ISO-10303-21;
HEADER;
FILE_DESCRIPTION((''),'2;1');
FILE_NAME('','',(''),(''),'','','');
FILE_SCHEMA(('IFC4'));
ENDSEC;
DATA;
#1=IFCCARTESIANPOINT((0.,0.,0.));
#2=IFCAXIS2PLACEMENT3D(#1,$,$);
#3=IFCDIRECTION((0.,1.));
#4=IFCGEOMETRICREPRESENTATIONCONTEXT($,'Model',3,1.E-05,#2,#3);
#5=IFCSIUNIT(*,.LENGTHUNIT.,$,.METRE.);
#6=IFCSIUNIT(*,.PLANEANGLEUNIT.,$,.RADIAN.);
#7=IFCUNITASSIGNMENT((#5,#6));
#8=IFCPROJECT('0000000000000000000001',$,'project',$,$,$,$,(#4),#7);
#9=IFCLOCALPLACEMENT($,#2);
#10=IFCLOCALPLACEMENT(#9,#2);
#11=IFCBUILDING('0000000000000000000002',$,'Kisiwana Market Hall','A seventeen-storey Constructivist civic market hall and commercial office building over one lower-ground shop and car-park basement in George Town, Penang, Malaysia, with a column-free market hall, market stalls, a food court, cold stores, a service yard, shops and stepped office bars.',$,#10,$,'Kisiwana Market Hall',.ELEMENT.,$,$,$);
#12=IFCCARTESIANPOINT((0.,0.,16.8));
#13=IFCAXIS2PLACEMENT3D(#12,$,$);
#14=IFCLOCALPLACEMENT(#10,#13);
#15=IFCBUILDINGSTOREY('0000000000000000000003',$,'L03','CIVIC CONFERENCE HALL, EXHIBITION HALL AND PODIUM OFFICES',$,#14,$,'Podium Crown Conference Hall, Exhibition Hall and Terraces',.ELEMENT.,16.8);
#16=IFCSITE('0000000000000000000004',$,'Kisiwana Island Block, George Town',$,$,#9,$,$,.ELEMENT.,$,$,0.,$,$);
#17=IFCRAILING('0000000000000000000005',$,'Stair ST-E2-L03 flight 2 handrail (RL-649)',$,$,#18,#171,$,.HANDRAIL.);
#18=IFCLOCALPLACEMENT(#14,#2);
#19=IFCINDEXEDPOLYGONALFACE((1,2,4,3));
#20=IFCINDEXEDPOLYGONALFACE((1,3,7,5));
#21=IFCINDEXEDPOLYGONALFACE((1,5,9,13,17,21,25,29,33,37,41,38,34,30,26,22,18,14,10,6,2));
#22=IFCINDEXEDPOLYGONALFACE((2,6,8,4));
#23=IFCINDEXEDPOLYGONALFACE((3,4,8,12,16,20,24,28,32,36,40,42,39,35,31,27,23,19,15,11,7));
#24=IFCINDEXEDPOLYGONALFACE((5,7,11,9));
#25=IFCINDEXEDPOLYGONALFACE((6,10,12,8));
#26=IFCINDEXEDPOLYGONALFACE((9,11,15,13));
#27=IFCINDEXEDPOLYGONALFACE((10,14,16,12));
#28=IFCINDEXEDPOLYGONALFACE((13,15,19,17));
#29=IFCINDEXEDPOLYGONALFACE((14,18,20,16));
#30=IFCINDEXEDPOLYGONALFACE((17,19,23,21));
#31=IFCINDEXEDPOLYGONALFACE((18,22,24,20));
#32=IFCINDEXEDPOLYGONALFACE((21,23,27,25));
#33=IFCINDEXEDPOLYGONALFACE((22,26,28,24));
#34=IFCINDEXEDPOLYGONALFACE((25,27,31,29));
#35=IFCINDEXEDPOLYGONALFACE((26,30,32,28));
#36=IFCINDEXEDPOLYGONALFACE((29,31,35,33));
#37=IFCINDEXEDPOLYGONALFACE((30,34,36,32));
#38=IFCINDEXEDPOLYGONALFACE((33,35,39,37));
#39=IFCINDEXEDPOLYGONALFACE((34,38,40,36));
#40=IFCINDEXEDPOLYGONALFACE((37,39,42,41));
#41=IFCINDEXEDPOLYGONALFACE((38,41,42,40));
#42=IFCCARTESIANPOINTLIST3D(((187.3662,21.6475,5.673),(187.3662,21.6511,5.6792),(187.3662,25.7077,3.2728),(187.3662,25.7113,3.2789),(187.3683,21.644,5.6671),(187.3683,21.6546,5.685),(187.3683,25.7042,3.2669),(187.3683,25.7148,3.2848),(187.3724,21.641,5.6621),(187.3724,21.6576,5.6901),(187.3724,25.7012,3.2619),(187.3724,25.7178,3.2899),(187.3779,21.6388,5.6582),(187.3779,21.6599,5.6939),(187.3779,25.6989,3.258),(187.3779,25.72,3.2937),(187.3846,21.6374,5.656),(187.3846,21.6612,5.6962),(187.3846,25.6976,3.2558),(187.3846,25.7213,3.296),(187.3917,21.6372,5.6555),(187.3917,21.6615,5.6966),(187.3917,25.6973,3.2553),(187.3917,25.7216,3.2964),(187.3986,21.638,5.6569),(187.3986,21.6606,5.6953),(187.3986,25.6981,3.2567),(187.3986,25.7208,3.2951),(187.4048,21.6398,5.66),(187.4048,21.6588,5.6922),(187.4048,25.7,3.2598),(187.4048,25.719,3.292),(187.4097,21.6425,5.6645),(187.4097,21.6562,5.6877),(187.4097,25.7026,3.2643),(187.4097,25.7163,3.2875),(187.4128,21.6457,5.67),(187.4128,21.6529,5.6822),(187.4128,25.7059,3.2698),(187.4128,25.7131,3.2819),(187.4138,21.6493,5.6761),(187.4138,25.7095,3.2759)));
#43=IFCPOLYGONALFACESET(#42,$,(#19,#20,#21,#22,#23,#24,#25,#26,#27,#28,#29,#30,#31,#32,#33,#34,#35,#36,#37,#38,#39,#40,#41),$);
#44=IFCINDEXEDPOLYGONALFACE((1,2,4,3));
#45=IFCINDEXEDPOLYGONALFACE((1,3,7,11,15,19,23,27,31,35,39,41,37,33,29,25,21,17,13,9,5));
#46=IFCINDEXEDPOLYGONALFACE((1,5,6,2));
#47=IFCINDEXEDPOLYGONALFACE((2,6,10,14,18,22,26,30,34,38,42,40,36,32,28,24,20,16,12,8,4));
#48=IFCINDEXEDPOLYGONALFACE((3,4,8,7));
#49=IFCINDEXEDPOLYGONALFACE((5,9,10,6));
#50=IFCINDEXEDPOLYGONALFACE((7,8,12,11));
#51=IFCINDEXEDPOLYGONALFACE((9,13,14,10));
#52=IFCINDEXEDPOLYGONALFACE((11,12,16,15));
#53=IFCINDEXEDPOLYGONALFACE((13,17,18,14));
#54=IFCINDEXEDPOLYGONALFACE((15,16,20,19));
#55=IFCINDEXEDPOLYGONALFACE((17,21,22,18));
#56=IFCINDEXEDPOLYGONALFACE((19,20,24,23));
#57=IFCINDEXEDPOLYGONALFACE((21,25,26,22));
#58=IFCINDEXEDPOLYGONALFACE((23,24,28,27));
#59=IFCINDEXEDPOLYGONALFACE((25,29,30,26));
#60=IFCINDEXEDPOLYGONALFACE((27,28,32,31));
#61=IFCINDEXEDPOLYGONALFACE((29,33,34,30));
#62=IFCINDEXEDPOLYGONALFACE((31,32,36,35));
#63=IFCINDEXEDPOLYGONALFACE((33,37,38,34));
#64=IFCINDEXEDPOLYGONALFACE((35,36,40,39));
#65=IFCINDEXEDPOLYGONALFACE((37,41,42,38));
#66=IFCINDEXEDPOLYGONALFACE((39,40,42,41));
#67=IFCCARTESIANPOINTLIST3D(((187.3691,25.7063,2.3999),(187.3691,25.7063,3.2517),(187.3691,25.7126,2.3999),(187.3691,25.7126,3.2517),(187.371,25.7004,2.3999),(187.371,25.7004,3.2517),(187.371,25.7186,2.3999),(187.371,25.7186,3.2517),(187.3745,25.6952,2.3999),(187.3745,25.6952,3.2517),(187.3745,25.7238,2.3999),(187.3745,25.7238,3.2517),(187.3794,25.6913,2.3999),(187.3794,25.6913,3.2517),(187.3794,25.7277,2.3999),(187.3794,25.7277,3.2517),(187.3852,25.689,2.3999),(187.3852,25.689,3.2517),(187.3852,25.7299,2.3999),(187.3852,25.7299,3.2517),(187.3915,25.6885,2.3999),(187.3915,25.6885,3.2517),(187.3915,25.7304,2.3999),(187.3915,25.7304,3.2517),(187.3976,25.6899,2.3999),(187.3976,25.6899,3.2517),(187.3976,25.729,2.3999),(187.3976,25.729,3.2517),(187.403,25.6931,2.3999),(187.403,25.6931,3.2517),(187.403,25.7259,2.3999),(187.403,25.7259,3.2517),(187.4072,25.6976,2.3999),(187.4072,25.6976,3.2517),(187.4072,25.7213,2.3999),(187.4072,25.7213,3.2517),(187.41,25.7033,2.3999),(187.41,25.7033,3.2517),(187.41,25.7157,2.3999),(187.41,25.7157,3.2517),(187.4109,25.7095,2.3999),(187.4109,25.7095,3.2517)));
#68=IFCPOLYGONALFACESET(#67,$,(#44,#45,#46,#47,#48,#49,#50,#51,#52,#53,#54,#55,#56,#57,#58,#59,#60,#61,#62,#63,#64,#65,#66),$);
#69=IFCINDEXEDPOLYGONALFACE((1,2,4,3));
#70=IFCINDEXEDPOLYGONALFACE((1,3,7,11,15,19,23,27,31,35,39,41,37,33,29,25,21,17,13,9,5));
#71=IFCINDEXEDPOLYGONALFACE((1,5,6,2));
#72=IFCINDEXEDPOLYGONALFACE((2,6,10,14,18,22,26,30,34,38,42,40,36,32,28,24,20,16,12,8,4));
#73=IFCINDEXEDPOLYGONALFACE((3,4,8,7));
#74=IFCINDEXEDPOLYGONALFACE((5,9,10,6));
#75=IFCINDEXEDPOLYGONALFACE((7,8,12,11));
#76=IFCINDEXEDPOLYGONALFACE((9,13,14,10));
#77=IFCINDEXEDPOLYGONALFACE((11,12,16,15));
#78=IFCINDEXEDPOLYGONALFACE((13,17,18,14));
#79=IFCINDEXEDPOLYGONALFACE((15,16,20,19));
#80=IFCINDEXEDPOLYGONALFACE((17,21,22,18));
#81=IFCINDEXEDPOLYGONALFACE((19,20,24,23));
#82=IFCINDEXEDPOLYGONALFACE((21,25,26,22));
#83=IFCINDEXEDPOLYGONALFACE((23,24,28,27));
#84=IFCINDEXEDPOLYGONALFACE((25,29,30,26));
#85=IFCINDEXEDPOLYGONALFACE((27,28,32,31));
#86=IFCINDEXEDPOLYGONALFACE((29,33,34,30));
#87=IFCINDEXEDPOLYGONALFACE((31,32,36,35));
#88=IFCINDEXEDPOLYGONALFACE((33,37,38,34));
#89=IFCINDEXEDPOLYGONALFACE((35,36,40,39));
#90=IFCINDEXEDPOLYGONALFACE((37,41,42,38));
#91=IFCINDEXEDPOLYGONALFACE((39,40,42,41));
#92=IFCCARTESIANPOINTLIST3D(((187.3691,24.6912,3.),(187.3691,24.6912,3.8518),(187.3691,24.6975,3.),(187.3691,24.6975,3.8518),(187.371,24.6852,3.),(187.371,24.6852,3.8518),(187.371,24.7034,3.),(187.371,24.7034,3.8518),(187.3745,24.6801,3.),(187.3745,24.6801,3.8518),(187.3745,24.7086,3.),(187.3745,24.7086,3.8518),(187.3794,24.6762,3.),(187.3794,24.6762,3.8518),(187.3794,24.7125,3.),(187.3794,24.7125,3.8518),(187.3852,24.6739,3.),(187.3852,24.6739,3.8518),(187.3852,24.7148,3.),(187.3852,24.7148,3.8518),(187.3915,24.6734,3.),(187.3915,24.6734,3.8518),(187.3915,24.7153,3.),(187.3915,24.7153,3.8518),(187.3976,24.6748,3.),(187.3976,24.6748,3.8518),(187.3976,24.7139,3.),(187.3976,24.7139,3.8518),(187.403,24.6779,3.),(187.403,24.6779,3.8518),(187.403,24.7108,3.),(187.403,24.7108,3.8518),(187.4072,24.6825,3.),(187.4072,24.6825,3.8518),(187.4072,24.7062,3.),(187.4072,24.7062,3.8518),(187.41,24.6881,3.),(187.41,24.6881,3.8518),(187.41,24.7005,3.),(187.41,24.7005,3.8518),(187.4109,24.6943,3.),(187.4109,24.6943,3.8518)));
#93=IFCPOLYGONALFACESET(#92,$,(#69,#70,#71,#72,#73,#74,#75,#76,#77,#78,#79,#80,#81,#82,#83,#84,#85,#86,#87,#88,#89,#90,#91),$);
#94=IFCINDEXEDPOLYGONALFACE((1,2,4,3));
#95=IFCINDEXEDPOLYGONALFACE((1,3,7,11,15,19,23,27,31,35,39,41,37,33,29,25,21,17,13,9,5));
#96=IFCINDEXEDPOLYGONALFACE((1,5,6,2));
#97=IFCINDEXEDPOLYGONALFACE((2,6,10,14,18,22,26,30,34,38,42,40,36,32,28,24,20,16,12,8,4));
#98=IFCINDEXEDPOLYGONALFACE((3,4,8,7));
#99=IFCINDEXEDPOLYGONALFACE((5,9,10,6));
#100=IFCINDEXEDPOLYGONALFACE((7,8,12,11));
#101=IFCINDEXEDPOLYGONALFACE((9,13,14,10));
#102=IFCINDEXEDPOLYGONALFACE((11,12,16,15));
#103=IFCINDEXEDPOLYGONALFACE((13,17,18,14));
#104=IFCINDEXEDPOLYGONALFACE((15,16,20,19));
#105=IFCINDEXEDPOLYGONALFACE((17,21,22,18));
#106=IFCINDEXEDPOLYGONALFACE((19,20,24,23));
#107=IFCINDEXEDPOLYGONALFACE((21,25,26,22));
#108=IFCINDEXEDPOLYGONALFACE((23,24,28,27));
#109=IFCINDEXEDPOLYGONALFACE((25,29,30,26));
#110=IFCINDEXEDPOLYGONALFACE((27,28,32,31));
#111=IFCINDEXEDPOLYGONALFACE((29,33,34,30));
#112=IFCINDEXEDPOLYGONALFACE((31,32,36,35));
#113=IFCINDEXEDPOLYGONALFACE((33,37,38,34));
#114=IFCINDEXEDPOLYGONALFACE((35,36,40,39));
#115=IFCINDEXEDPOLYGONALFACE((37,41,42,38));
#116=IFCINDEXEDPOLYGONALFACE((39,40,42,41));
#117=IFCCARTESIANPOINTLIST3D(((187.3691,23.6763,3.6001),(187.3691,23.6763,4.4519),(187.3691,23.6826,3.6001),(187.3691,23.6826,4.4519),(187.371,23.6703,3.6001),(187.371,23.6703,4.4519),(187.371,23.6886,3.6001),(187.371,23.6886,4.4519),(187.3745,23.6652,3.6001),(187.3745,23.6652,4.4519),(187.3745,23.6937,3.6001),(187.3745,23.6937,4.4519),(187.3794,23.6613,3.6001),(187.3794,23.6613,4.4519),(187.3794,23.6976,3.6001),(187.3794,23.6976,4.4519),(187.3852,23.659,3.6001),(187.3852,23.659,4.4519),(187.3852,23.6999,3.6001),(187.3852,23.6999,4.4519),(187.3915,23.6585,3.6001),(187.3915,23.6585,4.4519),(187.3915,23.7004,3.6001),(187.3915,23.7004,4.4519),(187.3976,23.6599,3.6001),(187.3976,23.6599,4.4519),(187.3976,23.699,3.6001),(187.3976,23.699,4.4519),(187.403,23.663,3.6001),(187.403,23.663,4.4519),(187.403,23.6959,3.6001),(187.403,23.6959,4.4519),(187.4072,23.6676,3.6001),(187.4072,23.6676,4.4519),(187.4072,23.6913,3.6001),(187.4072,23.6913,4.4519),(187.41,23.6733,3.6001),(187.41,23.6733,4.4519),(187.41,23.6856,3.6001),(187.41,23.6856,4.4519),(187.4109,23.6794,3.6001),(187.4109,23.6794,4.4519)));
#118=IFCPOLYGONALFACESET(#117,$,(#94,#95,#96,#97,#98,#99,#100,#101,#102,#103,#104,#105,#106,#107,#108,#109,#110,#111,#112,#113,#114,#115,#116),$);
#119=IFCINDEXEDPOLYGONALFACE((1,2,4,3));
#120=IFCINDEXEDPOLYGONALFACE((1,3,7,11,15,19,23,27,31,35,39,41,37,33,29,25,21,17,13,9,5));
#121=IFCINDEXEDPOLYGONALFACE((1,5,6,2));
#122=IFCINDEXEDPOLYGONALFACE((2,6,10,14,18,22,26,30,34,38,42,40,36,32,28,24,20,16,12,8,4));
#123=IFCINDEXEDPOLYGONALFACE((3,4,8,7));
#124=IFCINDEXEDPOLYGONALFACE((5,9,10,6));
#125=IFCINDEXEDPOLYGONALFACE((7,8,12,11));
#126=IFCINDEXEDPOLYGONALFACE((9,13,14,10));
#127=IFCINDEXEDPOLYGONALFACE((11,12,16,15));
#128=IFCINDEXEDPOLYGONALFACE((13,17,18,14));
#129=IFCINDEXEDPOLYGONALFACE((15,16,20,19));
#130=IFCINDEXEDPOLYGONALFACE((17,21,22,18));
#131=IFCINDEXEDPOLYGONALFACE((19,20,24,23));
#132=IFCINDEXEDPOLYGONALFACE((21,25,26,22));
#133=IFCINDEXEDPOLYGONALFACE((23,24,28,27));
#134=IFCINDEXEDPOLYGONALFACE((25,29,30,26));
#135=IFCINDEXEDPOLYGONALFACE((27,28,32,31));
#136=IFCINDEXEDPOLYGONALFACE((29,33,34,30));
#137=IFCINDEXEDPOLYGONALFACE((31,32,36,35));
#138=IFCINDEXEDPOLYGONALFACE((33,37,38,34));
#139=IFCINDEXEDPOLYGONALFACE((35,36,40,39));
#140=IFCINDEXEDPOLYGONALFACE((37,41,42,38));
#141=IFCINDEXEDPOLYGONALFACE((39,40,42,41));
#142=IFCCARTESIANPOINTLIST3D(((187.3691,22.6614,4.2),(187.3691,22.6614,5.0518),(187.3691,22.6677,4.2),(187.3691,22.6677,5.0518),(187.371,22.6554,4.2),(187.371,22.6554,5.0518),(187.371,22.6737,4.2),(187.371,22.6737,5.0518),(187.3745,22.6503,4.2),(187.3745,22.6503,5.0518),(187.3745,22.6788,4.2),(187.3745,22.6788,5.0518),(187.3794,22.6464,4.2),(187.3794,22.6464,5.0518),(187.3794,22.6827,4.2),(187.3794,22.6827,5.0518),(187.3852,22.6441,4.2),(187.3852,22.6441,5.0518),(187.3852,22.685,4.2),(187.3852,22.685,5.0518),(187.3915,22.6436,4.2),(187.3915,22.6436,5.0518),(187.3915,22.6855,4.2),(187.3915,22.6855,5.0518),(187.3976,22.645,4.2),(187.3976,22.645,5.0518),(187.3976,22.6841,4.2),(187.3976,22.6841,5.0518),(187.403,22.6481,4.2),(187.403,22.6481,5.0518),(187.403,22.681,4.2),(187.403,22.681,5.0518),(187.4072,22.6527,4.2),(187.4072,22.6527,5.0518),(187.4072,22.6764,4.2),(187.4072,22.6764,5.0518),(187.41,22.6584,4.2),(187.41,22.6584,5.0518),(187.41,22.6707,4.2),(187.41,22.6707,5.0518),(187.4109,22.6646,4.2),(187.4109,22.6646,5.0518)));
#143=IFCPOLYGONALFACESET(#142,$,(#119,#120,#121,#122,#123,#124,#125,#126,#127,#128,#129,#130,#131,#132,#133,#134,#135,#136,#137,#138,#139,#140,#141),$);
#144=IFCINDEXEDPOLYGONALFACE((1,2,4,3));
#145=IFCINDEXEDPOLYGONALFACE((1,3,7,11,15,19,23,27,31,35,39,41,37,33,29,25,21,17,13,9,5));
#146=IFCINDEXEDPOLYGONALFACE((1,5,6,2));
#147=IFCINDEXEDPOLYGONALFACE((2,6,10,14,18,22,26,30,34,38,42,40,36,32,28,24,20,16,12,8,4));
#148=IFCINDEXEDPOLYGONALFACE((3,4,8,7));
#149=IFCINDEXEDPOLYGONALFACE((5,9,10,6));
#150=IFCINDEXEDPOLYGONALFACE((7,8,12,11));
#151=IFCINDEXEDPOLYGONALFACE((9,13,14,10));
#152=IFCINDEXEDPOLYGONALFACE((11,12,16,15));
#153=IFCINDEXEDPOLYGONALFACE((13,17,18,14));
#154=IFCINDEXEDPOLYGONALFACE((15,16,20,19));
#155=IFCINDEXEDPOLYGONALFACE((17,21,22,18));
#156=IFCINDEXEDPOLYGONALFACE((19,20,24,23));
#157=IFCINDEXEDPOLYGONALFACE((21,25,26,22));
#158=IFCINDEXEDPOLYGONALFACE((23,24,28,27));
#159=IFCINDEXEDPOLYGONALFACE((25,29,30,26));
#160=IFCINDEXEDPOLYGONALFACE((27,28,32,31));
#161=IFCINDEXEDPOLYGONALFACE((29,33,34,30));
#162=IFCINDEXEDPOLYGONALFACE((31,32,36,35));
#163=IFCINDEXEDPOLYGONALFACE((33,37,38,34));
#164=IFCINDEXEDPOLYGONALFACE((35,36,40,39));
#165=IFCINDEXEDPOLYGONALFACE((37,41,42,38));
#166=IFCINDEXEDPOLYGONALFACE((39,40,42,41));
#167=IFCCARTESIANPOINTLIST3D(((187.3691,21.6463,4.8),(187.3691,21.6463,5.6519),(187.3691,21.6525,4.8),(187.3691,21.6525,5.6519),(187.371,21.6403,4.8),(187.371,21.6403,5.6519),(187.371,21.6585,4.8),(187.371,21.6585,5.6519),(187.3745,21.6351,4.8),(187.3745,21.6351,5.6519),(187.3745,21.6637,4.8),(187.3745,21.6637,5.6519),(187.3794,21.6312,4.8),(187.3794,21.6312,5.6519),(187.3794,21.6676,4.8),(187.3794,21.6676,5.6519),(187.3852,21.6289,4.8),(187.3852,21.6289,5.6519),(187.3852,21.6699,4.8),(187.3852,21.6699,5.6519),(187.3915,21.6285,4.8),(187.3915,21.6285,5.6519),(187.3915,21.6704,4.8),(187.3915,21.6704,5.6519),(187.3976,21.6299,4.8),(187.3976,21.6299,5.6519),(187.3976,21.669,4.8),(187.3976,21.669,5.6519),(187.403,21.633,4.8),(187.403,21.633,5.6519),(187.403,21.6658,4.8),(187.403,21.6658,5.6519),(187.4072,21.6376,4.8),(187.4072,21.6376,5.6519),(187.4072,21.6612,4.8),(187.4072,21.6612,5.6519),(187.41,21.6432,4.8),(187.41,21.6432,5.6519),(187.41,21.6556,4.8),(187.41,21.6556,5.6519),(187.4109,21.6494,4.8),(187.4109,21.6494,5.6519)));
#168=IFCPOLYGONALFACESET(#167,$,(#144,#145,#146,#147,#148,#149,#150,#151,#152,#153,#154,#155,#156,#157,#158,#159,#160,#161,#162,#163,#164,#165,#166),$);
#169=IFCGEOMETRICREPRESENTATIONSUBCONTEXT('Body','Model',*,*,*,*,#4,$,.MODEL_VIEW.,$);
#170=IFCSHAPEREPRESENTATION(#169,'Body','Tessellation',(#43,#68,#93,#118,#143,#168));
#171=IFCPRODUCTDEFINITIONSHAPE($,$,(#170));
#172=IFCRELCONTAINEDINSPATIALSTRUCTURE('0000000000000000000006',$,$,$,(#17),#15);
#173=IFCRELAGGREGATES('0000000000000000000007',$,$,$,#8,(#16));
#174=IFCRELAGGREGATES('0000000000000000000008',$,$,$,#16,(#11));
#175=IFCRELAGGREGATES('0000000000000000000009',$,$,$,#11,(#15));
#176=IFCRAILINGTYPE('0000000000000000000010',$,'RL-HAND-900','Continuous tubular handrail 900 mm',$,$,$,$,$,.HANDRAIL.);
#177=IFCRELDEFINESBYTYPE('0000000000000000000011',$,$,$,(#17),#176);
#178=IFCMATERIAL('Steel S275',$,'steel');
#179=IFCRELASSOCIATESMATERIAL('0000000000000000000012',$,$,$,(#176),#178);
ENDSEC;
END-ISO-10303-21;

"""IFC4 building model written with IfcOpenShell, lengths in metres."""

from ifc_helpers import new_model, si_unit, direction, frame, origin, origin_2d, place, context, subcontext, project, spatial, circle, extrude, material, type_object, element, save


model = new_model("IFC4")

# Units and contexts
model_context = context("Model", 3, precision=1e-05, world=origin(), true_north=direction((0.0, 1.0)))
body_context = subcontext(model_context, "Body", "Model", "MODEL_VIEW")
ifc_project = project(units=[si_unit("LENGTHUNIT", "METRE"), si_unit("PLANEANGLEUNIT", "RADIAN")], contexts=[model_context])

# Site, building, storey
site_placement = place(None, origin())
site = spatial("IfcSite", under=ifc_project, at=site_placement, Name="Kisiwana Island Block, George Town", CompositionType="ELEMENT", RefElevation=0.0)
building_placement = place(site_placement, origin())
building = spatial("IfcBuilding", under=site, at=building_placement, Name="Kisiwana Market Hall", Description="A seventeen-storey Constructivist civic market hall and commercial office building over one lower-ground shop and car-park basement in George Town, Penang, Malaysia, with a column-free market hall, market stalls, a food court, cold stores, a service yard, shops and stepped office bars.", LongName="Kisiwana Market Hall", CompositionType="ELEMENT")
storey_placement = place(building_placement, frame((0.0, 0.0, 16.8)))
storey = spatial("IfcBuildingStorey", under=building, at=storey_placement, Name="L03", Description="CIVIC CONFERENCE HALL, EXHIBITION HALL AND PODIUM OFFICES", LongName="Podium Crown Conference Hall, Exhibition Hall and Terraces", CompositionType="ELEMENT", Elevation=16.8)

# Railing
ifc_material_1 = material(Name="Steel S275", Category="steel")
railing_type_1 = type_object("IfcRailingType", Name="RL-HAND-900", Description="Continuous tubular handrail 900 mm", PredefinedType="HANDRAIL", material=ifc_material_1)
railing_1_placement = place(storey_placement, frame((187.3899, 25.7095, 2.3999)))
element("IfcRailing", 1, at=railing_1_placement, inside=storey, type_object=railing_type_1, Name="Stair ST-E2-L03 flight 2 handrail (RL-649)", PredefinedType="HANDRAIL", context=body_context, shape_type="SweptSolid", body=[
    extrude(circle(Radius=0.0239, at=origin_2d()), frame((0.0, 0.0, 0.876), z_axis=(0.0, -0.860832, 0.50889), x_axis=(1.0, 0.0, 0.0)), (0.0, 0.0, 1.0), 4.7166),
    extrude(circle(Radius=0.021, at=origin_2d()), origin(), (0.0, 0.0, 1.0), 0.8518),
    extrude(circle(Radius=0.021, at=origin_2d()), frame((0.0, -1.0151, 0.6001)), (0.0, 0.0, 1.0), 0.8518),
    extrude(circle(Radius=0.021, at=origin_2d()), frame((0.0, -2.03, 1.2002)), (0.0, 0.0, 1.0), 0.8518),
    extrude(circle(Radius=0.021, at=origin_2d()), frame((0.0, -3.0449, 1.8)), (0.0, 0.0, 1.0), 0.8518),
    extrude(circle(Radius=0.021, at=origin_2d()), frame((0.0, -4.0601, 2.4001)), (0.0, 0.0, 1.0), 0.8518),
])

save(model, "model.ifc")
